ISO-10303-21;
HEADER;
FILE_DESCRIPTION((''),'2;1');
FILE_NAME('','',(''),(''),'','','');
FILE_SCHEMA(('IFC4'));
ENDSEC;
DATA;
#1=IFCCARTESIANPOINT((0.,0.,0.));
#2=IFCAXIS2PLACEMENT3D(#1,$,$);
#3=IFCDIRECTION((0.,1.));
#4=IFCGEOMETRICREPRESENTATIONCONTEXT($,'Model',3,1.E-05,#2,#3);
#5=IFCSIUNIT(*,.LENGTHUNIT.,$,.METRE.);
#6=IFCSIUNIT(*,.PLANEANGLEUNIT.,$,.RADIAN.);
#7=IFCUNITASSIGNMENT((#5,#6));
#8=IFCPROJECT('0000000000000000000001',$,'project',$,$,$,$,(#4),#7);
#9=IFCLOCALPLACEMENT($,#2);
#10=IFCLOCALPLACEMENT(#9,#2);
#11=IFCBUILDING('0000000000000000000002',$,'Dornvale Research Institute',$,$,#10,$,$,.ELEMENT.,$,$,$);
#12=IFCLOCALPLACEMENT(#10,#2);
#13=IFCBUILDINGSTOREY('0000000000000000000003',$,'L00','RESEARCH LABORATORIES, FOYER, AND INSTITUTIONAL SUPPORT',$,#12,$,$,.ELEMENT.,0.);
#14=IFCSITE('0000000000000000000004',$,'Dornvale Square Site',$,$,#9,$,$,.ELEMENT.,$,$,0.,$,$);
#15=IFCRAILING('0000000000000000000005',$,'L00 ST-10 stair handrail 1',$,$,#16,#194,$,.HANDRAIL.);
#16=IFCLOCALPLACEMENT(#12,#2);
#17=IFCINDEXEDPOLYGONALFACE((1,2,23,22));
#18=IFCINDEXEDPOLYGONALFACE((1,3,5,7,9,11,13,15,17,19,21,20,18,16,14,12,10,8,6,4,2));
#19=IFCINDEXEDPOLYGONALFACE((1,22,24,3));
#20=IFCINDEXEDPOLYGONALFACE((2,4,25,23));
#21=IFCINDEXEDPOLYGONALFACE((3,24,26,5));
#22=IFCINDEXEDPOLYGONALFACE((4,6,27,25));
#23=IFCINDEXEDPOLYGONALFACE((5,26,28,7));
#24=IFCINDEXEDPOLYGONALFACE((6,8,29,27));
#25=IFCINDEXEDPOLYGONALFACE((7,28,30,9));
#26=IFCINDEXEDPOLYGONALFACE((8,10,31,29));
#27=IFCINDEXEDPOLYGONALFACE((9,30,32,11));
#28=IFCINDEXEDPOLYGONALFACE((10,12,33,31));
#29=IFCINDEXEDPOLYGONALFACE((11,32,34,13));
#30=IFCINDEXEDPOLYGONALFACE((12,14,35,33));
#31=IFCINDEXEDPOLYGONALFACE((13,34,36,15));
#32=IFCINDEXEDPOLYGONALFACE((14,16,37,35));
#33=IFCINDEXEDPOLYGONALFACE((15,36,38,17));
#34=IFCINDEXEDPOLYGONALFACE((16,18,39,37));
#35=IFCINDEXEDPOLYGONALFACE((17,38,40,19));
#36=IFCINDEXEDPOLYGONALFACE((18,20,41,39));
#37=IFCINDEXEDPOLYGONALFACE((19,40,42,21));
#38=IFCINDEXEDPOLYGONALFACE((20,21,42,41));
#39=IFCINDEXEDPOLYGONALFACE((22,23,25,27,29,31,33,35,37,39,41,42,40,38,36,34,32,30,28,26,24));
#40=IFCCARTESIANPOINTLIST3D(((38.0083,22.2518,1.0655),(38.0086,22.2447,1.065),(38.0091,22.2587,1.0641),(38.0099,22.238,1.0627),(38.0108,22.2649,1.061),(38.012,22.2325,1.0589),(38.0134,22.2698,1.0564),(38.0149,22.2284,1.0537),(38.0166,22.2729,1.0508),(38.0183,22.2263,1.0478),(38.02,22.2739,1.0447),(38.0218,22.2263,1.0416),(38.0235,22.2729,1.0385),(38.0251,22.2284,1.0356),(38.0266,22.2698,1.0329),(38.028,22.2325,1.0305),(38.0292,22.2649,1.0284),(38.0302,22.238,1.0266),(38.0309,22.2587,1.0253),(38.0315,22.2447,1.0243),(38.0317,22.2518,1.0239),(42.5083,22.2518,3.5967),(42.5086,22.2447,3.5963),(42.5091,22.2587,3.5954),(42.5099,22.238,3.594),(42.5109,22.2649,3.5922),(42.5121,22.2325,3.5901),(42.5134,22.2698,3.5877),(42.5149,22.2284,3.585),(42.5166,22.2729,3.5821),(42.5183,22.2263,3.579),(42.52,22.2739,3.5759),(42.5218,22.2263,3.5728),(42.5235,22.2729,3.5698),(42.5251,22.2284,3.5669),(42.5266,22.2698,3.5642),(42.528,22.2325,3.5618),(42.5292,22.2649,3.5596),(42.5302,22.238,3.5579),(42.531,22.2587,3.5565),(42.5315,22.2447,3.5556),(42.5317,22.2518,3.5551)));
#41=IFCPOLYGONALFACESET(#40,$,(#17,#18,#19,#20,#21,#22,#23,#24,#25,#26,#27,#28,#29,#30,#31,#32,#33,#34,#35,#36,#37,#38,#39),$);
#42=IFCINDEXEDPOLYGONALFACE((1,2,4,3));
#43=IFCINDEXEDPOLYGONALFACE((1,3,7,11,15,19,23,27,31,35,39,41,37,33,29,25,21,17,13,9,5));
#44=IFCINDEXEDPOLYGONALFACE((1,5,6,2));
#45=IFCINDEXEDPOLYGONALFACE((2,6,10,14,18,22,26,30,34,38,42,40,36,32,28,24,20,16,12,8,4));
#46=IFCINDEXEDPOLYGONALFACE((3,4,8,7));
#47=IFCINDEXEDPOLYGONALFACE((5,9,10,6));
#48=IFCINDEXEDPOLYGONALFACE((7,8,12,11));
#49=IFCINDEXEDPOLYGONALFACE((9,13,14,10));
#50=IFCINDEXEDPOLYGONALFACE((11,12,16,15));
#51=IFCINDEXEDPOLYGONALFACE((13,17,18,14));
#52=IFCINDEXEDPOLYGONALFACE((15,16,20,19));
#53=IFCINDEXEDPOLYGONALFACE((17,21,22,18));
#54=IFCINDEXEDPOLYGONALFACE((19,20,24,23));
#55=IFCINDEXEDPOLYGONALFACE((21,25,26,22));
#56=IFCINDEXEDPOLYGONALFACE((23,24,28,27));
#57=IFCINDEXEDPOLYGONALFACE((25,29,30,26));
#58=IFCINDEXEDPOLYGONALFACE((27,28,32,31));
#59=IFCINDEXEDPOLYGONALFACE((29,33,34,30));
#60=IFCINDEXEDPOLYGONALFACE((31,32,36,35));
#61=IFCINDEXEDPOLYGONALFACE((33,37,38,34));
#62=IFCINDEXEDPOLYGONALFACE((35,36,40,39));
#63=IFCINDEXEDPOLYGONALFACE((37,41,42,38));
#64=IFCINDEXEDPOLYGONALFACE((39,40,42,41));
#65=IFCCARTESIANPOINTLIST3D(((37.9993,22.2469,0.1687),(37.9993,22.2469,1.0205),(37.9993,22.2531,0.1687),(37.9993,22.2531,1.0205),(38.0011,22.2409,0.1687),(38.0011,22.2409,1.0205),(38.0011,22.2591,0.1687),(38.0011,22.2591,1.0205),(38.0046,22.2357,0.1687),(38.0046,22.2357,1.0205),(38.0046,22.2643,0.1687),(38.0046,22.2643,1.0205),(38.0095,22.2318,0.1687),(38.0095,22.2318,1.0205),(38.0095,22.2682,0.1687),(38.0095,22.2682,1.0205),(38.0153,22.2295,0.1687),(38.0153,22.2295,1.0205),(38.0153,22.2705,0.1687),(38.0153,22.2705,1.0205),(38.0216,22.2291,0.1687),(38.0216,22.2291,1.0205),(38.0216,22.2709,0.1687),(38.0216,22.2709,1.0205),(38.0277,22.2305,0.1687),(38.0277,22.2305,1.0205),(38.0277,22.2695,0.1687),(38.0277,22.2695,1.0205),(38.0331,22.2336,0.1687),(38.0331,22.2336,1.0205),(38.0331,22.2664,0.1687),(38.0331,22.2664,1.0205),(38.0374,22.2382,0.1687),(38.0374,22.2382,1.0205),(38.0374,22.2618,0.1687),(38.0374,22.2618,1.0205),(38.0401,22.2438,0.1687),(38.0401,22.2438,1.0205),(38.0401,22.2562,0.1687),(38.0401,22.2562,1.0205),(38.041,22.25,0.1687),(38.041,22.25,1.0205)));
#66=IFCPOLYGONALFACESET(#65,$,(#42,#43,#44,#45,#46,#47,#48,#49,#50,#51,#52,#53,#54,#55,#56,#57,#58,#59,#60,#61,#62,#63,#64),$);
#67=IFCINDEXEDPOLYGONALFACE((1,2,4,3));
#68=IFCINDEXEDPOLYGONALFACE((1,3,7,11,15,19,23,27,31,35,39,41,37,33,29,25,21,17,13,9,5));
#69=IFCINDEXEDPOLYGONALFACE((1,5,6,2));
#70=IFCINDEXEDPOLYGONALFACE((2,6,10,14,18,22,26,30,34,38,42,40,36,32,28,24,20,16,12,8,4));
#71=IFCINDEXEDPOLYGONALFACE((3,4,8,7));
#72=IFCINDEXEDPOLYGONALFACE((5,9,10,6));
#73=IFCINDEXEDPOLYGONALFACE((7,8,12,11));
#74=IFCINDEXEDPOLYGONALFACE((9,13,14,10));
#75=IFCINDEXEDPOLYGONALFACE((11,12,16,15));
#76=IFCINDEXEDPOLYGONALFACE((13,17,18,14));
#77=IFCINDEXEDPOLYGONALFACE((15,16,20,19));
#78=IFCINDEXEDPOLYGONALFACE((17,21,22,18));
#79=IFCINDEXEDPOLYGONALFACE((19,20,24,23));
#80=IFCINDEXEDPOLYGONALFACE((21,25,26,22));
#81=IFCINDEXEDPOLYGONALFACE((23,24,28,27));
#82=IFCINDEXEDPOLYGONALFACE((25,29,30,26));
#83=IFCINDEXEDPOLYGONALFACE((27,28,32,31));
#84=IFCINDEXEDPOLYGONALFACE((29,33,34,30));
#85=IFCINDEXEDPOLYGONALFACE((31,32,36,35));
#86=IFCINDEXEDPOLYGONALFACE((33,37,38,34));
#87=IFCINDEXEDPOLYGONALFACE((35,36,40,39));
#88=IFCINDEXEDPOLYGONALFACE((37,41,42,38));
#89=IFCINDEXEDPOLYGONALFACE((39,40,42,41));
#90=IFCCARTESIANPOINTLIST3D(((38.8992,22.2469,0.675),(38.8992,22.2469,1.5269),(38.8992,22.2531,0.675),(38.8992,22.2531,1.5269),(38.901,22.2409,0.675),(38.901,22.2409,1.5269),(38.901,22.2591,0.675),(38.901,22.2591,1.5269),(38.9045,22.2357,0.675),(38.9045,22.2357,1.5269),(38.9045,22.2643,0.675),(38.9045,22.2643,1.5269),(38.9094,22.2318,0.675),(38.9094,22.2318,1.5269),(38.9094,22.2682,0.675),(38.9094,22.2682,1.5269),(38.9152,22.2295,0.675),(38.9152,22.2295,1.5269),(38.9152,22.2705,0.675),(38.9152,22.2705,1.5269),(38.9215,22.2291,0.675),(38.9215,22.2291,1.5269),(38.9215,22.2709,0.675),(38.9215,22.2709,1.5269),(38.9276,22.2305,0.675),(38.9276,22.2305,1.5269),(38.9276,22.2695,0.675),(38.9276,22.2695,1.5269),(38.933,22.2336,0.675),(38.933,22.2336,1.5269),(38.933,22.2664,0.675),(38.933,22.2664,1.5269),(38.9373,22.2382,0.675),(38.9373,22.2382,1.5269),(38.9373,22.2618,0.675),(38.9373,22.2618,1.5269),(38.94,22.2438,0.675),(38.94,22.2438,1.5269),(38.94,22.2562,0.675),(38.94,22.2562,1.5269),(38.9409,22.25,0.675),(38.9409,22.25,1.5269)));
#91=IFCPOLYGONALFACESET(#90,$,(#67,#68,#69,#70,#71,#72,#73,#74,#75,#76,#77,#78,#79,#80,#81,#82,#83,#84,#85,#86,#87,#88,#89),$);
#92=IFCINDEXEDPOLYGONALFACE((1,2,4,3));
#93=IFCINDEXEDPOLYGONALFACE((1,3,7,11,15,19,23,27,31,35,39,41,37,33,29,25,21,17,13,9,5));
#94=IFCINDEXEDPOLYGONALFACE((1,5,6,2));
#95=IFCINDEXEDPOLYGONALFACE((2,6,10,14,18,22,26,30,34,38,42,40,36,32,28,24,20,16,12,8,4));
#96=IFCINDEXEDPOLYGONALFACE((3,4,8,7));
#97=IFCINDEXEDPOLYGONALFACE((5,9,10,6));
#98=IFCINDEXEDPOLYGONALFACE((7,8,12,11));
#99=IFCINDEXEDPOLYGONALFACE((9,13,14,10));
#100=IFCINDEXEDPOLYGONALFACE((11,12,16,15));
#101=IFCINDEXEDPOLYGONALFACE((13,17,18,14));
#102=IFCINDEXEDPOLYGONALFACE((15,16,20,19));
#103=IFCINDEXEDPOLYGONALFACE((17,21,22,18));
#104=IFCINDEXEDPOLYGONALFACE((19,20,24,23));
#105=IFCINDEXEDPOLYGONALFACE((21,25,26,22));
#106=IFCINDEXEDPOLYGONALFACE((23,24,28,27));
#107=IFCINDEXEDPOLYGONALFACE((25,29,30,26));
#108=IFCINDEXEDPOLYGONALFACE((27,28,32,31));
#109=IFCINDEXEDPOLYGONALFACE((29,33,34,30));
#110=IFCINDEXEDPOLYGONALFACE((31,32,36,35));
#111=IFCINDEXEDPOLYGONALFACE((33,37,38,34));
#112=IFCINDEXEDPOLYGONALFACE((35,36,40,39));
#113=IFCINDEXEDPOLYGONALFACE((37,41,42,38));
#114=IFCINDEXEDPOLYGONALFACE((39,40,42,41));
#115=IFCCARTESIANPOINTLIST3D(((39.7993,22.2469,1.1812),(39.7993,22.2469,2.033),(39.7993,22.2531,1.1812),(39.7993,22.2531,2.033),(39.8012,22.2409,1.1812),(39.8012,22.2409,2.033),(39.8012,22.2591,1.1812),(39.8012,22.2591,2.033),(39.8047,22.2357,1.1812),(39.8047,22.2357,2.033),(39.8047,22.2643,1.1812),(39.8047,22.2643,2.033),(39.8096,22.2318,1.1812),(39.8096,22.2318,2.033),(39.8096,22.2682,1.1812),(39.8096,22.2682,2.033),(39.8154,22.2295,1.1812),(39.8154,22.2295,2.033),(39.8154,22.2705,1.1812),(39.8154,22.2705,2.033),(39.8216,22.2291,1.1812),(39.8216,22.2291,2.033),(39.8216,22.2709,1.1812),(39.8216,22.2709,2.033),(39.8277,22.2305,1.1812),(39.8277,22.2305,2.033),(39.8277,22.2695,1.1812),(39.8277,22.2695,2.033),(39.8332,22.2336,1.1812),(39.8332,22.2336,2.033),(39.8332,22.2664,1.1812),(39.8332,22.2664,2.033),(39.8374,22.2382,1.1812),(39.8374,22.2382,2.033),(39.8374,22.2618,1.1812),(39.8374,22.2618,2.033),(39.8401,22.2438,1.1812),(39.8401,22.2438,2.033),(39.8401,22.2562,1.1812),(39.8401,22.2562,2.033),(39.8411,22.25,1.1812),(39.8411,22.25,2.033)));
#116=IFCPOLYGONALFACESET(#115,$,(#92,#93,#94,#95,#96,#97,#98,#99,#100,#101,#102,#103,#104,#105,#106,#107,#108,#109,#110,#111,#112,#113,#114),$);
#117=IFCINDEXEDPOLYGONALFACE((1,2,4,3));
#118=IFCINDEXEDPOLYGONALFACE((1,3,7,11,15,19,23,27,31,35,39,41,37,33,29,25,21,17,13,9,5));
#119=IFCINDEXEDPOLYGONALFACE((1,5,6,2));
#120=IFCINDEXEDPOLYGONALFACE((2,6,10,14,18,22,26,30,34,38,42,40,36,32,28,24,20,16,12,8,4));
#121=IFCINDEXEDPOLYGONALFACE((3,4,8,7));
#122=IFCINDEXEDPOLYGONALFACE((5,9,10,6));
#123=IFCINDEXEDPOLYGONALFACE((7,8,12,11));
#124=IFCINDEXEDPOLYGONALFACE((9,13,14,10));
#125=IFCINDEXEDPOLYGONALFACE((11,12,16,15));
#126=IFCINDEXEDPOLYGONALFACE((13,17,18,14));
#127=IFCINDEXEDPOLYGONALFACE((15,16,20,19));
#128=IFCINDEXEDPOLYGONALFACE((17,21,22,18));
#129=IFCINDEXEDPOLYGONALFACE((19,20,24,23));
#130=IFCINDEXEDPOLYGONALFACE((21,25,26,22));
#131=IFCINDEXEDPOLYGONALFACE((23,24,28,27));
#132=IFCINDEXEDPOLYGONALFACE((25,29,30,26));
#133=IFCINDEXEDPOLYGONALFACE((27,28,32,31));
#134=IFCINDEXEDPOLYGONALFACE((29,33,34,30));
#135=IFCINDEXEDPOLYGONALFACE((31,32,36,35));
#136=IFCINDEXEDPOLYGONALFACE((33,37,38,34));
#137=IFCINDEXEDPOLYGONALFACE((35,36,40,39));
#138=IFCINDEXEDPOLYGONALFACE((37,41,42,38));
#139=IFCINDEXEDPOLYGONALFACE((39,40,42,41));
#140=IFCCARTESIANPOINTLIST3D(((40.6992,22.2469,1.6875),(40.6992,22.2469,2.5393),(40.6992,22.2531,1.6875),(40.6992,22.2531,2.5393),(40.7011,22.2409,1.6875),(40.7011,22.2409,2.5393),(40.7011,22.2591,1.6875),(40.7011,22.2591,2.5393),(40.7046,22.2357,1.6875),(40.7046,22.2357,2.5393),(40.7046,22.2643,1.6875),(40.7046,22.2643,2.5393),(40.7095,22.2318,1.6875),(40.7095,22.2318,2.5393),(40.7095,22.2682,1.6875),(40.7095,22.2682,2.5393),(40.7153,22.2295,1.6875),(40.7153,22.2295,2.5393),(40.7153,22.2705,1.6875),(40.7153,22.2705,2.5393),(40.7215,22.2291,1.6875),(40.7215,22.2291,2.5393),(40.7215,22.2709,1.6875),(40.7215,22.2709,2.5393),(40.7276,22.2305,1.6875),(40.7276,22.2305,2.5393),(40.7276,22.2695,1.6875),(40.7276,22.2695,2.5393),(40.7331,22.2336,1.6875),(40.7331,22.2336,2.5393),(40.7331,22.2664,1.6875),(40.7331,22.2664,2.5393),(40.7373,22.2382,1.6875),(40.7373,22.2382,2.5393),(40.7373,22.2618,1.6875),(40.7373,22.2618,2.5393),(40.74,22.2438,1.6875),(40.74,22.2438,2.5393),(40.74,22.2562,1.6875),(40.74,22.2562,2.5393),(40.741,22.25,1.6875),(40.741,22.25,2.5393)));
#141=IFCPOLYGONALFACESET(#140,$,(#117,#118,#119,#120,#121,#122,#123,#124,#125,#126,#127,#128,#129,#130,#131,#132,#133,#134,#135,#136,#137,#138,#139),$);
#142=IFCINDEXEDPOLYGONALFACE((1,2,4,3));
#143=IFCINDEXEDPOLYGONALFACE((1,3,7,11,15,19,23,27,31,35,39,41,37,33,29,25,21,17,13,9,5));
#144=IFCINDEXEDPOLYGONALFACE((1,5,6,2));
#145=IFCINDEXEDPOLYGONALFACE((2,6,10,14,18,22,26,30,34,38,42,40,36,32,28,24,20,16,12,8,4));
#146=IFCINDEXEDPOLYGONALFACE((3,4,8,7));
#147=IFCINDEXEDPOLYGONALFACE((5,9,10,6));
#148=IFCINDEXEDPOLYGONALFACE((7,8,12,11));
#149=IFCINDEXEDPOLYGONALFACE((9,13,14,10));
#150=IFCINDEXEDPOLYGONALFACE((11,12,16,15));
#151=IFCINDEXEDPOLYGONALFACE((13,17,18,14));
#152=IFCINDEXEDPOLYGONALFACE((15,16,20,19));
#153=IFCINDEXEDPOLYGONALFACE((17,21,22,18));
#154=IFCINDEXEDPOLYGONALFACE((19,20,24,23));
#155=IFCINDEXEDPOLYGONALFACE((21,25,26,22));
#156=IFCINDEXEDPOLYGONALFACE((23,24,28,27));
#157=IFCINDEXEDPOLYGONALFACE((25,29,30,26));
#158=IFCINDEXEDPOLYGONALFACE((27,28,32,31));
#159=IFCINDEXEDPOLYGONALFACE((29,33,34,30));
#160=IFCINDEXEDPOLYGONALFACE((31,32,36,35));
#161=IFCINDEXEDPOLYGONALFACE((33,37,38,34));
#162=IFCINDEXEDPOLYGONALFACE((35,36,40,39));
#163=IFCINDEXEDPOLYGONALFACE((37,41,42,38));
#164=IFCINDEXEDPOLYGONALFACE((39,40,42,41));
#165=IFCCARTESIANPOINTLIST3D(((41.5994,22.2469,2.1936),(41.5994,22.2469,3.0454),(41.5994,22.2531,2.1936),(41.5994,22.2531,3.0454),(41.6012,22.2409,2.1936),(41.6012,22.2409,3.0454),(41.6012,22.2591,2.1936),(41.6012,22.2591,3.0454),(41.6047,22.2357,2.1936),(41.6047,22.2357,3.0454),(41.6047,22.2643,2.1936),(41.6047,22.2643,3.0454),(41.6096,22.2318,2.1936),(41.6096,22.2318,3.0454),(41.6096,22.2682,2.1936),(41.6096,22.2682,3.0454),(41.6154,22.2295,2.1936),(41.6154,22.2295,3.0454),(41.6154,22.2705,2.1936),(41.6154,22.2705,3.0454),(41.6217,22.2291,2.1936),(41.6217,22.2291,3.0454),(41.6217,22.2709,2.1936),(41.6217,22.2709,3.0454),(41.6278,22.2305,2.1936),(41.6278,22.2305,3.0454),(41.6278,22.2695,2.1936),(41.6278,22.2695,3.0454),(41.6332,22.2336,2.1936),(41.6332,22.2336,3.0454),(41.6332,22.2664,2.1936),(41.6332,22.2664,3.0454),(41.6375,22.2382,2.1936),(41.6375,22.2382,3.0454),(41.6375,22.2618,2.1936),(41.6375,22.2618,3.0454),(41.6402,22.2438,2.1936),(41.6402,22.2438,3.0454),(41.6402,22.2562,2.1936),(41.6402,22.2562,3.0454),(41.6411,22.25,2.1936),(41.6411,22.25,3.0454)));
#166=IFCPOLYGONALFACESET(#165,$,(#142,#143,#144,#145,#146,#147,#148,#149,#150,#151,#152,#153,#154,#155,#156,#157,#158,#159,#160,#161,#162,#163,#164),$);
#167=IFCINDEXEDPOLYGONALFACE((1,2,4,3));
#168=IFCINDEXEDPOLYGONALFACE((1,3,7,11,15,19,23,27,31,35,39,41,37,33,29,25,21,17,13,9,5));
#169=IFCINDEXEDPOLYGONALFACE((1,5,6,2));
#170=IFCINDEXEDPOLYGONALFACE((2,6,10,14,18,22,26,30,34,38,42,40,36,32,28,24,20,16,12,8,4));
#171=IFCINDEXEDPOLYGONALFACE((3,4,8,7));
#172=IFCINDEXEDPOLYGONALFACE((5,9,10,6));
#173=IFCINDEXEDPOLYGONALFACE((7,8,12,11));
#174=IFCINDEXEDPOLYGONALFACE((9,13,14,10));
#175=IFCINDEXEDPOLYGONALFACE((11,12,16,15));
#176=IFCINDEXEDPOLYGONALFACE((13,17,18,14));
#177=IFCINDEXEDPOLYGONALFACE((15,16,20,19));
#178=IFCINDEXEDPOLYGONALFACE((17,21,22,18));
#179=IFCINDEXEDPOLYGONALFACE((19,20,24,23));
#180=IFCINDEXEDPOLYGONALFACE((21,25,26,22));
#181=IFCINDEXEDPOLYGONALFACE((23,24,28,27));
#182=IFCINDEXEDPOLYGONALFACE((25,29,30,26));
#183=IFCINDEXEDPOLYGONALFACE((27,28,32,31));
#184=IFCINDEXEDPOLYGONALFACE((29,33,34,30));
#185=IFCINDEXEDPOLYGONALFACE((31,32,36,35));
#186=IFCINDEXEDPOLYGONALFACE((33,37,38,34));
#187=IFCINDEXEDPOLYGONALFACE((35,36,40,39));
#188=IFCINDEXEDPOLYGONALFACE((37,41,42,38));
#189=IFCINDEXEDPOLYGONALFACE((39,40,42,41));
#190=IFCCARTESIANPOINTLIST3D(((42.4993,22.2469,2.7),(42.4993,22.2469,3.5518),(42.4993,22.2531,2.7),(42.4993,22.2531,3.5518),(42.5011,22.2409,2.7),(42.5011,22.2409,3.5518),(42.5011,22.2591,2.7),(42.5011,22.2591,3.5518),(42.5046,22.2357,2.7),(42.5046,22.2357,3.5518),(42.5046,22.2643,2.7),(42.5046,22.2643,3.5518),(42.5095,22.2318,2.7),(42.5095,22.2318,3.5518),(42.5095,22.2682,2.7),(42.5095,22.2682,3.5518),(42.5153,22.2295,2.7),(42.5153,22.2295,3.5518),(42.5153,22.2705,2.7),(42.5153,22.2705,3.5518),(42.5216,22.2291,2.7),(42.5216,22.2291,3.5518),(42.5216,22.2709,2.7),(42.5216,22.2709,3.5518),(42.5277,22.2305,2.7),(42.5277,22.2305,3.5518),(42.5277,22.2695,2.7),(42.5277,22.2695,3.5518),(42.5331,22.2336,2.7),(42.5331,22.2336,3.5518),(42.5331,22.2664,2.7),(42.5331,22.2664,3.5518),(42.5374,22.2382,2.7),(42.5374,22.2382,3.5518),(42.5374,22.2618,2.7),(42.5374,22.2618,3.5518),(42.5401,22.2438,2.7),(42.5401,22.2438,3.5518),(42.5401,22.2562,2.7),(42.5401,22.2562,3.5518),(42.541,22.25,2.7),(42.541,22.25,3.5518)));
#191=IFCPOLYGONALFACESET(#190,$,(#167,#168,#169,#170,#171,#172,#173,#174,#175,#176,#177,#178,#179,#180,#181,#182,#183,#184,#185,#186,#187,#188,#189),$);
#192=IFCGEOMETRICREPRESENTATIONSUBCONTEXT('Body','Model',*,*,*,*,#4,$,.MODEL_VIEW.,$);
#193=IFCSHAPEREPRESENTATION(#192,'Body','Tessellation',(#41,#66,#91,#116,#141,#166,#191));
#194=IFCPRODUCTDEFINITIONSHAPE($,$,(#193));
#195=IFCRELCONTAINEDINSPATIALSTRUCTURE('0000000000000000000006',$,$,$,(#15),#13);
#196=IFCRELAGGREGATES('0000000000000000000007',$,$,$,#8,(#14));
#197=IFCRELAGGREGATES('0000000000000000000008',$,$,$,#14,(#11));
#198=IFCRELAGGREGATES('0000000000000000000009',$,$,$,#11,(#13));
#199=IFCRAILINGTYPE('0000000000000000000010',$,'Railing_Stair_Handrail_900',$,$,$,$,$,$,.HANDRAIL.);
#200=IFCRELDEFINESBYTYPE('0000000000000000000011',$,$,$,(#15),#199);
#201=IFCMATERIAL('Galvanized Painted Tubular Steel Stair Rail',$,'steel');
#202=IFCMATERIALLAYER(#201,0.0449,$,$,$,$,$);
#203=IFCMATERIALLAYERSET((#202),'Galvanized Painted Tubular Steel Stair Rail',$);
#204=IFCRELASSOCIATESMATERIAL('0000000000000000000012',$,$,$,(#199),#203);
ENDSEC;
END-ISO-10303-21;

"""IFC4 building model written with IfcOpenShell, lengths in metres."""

from ifc_helpers import new_model, si_unit, direction, frame, origin, origin_2d, place, context, subcontext, project, spatial, circle, extrude, material, layer, layer_set, type_object, element, save


model = new_model("IFC4")

# Units and contexts
model_context = context("Model", 3, precision=1e-05, world=origin(), true_north=direction((0.0, 1.0)))
body_context = subcontext(model_context, "Body", "Model", "MODEL_VIEW")
ifc_project = project(units=[si_unit("LENGTHUNIT", "METRE"), si_unit("PLANEANGLEUNIT", "RADIAN")], contexts=[model_context])

# Site, building, storey
site_placement = place(None, origin())
site = spatial("IfcSite", under=ifc_project, at=site_placement, Name="Dornvale Square Site", CompositionType="ELEMENT", RefElevation=0.0)
building_placement = place(site_placement, origin())
building = spatial("IfcBuilding", under=site, at=building_placement, Name="Dornvale Research Institute", CompositionType="ELEMENT")
storey_placement = place(building_placement, origin())
storey = spatial("IfcBuildingStorey", under=building, at=storey_placement, Name="L00", Description="RESEARCH LABORATORIES, FOYER, AND INSTITUTIONAL SUPPORT", CompositionType="ELEMENT", Elevation=0.0)

# Railing
ifc_material_1 = material(Name="Galvanized Painted Tubular Steel Stair Rail", Category="steel")
ifc_layer_1 = layer(ifc_material_1, 0.0449)
ifc_layer_set_1 = layer_set([ifc_layer_1], Name="Galvanized Painted Tubular Steel Stair Rail")
railing_type_1 = type_object("IfcRailingType", Name="Railing_Stair_Handrail_900", PredefinedType="HANDRAIL", material=ifc_layer_set_1)
railing_1_placement = place(storey_placement, frame((38.02, 22.25, 0.1687)))
element("IfcRailing", 1, at=railing_1_placement, inside=storey, type_object=railing_type_1, Name="L00 ST-10 stair handrail 1", PredefinedType="HANDRAIL", context=body_context, shape_type="SweptSolid", body=[
    extrude(circle(Radius=0.0239, at=origin_2d()), frame((0.0, 0.0, 0.876), z_axis=(0.871576, 0.0, 0.490261), x_axis=(0.0, 1.0, 0.0)), (0.0, 0.0, 1.0), 5.1631),
    extrude(circle(Radius=0.021, at=origin_2d()), origin(), (0.0, 0.0, 1.0), 0.8518),
    extrude(circle(Radius=0.021, at=origin_2d()), frame((0.8999, 0.0, 0.5063)), (0.0, 0.0, 1.0), 0.8518),
    extrude(circle(Radius=0.021, at=origin_2d()), frame((1.8, 0.0, 1.0125)), (0.0, 0.0, 1.0), 0.8518),
    extrude(circle(Radius=0.021, at=origin_2d()), frame((2.7, 0.0, 1.5188)), (0.0, 0.0, 1.0), 0.8518),
    extrude(circle(Radius=0.021, at=origin_2d()), frame((3.6001, 0.0, 2.0249)), (0.0, 0.0, 1.0), 0.8518),
    extrude(circle(Radius=0.021, at=origin_2d()), frame((4.5, 0.0, 2.5312)), (0.0, 0.0, 1.0), 0.8518),
])

save(model, "model.ifc")
